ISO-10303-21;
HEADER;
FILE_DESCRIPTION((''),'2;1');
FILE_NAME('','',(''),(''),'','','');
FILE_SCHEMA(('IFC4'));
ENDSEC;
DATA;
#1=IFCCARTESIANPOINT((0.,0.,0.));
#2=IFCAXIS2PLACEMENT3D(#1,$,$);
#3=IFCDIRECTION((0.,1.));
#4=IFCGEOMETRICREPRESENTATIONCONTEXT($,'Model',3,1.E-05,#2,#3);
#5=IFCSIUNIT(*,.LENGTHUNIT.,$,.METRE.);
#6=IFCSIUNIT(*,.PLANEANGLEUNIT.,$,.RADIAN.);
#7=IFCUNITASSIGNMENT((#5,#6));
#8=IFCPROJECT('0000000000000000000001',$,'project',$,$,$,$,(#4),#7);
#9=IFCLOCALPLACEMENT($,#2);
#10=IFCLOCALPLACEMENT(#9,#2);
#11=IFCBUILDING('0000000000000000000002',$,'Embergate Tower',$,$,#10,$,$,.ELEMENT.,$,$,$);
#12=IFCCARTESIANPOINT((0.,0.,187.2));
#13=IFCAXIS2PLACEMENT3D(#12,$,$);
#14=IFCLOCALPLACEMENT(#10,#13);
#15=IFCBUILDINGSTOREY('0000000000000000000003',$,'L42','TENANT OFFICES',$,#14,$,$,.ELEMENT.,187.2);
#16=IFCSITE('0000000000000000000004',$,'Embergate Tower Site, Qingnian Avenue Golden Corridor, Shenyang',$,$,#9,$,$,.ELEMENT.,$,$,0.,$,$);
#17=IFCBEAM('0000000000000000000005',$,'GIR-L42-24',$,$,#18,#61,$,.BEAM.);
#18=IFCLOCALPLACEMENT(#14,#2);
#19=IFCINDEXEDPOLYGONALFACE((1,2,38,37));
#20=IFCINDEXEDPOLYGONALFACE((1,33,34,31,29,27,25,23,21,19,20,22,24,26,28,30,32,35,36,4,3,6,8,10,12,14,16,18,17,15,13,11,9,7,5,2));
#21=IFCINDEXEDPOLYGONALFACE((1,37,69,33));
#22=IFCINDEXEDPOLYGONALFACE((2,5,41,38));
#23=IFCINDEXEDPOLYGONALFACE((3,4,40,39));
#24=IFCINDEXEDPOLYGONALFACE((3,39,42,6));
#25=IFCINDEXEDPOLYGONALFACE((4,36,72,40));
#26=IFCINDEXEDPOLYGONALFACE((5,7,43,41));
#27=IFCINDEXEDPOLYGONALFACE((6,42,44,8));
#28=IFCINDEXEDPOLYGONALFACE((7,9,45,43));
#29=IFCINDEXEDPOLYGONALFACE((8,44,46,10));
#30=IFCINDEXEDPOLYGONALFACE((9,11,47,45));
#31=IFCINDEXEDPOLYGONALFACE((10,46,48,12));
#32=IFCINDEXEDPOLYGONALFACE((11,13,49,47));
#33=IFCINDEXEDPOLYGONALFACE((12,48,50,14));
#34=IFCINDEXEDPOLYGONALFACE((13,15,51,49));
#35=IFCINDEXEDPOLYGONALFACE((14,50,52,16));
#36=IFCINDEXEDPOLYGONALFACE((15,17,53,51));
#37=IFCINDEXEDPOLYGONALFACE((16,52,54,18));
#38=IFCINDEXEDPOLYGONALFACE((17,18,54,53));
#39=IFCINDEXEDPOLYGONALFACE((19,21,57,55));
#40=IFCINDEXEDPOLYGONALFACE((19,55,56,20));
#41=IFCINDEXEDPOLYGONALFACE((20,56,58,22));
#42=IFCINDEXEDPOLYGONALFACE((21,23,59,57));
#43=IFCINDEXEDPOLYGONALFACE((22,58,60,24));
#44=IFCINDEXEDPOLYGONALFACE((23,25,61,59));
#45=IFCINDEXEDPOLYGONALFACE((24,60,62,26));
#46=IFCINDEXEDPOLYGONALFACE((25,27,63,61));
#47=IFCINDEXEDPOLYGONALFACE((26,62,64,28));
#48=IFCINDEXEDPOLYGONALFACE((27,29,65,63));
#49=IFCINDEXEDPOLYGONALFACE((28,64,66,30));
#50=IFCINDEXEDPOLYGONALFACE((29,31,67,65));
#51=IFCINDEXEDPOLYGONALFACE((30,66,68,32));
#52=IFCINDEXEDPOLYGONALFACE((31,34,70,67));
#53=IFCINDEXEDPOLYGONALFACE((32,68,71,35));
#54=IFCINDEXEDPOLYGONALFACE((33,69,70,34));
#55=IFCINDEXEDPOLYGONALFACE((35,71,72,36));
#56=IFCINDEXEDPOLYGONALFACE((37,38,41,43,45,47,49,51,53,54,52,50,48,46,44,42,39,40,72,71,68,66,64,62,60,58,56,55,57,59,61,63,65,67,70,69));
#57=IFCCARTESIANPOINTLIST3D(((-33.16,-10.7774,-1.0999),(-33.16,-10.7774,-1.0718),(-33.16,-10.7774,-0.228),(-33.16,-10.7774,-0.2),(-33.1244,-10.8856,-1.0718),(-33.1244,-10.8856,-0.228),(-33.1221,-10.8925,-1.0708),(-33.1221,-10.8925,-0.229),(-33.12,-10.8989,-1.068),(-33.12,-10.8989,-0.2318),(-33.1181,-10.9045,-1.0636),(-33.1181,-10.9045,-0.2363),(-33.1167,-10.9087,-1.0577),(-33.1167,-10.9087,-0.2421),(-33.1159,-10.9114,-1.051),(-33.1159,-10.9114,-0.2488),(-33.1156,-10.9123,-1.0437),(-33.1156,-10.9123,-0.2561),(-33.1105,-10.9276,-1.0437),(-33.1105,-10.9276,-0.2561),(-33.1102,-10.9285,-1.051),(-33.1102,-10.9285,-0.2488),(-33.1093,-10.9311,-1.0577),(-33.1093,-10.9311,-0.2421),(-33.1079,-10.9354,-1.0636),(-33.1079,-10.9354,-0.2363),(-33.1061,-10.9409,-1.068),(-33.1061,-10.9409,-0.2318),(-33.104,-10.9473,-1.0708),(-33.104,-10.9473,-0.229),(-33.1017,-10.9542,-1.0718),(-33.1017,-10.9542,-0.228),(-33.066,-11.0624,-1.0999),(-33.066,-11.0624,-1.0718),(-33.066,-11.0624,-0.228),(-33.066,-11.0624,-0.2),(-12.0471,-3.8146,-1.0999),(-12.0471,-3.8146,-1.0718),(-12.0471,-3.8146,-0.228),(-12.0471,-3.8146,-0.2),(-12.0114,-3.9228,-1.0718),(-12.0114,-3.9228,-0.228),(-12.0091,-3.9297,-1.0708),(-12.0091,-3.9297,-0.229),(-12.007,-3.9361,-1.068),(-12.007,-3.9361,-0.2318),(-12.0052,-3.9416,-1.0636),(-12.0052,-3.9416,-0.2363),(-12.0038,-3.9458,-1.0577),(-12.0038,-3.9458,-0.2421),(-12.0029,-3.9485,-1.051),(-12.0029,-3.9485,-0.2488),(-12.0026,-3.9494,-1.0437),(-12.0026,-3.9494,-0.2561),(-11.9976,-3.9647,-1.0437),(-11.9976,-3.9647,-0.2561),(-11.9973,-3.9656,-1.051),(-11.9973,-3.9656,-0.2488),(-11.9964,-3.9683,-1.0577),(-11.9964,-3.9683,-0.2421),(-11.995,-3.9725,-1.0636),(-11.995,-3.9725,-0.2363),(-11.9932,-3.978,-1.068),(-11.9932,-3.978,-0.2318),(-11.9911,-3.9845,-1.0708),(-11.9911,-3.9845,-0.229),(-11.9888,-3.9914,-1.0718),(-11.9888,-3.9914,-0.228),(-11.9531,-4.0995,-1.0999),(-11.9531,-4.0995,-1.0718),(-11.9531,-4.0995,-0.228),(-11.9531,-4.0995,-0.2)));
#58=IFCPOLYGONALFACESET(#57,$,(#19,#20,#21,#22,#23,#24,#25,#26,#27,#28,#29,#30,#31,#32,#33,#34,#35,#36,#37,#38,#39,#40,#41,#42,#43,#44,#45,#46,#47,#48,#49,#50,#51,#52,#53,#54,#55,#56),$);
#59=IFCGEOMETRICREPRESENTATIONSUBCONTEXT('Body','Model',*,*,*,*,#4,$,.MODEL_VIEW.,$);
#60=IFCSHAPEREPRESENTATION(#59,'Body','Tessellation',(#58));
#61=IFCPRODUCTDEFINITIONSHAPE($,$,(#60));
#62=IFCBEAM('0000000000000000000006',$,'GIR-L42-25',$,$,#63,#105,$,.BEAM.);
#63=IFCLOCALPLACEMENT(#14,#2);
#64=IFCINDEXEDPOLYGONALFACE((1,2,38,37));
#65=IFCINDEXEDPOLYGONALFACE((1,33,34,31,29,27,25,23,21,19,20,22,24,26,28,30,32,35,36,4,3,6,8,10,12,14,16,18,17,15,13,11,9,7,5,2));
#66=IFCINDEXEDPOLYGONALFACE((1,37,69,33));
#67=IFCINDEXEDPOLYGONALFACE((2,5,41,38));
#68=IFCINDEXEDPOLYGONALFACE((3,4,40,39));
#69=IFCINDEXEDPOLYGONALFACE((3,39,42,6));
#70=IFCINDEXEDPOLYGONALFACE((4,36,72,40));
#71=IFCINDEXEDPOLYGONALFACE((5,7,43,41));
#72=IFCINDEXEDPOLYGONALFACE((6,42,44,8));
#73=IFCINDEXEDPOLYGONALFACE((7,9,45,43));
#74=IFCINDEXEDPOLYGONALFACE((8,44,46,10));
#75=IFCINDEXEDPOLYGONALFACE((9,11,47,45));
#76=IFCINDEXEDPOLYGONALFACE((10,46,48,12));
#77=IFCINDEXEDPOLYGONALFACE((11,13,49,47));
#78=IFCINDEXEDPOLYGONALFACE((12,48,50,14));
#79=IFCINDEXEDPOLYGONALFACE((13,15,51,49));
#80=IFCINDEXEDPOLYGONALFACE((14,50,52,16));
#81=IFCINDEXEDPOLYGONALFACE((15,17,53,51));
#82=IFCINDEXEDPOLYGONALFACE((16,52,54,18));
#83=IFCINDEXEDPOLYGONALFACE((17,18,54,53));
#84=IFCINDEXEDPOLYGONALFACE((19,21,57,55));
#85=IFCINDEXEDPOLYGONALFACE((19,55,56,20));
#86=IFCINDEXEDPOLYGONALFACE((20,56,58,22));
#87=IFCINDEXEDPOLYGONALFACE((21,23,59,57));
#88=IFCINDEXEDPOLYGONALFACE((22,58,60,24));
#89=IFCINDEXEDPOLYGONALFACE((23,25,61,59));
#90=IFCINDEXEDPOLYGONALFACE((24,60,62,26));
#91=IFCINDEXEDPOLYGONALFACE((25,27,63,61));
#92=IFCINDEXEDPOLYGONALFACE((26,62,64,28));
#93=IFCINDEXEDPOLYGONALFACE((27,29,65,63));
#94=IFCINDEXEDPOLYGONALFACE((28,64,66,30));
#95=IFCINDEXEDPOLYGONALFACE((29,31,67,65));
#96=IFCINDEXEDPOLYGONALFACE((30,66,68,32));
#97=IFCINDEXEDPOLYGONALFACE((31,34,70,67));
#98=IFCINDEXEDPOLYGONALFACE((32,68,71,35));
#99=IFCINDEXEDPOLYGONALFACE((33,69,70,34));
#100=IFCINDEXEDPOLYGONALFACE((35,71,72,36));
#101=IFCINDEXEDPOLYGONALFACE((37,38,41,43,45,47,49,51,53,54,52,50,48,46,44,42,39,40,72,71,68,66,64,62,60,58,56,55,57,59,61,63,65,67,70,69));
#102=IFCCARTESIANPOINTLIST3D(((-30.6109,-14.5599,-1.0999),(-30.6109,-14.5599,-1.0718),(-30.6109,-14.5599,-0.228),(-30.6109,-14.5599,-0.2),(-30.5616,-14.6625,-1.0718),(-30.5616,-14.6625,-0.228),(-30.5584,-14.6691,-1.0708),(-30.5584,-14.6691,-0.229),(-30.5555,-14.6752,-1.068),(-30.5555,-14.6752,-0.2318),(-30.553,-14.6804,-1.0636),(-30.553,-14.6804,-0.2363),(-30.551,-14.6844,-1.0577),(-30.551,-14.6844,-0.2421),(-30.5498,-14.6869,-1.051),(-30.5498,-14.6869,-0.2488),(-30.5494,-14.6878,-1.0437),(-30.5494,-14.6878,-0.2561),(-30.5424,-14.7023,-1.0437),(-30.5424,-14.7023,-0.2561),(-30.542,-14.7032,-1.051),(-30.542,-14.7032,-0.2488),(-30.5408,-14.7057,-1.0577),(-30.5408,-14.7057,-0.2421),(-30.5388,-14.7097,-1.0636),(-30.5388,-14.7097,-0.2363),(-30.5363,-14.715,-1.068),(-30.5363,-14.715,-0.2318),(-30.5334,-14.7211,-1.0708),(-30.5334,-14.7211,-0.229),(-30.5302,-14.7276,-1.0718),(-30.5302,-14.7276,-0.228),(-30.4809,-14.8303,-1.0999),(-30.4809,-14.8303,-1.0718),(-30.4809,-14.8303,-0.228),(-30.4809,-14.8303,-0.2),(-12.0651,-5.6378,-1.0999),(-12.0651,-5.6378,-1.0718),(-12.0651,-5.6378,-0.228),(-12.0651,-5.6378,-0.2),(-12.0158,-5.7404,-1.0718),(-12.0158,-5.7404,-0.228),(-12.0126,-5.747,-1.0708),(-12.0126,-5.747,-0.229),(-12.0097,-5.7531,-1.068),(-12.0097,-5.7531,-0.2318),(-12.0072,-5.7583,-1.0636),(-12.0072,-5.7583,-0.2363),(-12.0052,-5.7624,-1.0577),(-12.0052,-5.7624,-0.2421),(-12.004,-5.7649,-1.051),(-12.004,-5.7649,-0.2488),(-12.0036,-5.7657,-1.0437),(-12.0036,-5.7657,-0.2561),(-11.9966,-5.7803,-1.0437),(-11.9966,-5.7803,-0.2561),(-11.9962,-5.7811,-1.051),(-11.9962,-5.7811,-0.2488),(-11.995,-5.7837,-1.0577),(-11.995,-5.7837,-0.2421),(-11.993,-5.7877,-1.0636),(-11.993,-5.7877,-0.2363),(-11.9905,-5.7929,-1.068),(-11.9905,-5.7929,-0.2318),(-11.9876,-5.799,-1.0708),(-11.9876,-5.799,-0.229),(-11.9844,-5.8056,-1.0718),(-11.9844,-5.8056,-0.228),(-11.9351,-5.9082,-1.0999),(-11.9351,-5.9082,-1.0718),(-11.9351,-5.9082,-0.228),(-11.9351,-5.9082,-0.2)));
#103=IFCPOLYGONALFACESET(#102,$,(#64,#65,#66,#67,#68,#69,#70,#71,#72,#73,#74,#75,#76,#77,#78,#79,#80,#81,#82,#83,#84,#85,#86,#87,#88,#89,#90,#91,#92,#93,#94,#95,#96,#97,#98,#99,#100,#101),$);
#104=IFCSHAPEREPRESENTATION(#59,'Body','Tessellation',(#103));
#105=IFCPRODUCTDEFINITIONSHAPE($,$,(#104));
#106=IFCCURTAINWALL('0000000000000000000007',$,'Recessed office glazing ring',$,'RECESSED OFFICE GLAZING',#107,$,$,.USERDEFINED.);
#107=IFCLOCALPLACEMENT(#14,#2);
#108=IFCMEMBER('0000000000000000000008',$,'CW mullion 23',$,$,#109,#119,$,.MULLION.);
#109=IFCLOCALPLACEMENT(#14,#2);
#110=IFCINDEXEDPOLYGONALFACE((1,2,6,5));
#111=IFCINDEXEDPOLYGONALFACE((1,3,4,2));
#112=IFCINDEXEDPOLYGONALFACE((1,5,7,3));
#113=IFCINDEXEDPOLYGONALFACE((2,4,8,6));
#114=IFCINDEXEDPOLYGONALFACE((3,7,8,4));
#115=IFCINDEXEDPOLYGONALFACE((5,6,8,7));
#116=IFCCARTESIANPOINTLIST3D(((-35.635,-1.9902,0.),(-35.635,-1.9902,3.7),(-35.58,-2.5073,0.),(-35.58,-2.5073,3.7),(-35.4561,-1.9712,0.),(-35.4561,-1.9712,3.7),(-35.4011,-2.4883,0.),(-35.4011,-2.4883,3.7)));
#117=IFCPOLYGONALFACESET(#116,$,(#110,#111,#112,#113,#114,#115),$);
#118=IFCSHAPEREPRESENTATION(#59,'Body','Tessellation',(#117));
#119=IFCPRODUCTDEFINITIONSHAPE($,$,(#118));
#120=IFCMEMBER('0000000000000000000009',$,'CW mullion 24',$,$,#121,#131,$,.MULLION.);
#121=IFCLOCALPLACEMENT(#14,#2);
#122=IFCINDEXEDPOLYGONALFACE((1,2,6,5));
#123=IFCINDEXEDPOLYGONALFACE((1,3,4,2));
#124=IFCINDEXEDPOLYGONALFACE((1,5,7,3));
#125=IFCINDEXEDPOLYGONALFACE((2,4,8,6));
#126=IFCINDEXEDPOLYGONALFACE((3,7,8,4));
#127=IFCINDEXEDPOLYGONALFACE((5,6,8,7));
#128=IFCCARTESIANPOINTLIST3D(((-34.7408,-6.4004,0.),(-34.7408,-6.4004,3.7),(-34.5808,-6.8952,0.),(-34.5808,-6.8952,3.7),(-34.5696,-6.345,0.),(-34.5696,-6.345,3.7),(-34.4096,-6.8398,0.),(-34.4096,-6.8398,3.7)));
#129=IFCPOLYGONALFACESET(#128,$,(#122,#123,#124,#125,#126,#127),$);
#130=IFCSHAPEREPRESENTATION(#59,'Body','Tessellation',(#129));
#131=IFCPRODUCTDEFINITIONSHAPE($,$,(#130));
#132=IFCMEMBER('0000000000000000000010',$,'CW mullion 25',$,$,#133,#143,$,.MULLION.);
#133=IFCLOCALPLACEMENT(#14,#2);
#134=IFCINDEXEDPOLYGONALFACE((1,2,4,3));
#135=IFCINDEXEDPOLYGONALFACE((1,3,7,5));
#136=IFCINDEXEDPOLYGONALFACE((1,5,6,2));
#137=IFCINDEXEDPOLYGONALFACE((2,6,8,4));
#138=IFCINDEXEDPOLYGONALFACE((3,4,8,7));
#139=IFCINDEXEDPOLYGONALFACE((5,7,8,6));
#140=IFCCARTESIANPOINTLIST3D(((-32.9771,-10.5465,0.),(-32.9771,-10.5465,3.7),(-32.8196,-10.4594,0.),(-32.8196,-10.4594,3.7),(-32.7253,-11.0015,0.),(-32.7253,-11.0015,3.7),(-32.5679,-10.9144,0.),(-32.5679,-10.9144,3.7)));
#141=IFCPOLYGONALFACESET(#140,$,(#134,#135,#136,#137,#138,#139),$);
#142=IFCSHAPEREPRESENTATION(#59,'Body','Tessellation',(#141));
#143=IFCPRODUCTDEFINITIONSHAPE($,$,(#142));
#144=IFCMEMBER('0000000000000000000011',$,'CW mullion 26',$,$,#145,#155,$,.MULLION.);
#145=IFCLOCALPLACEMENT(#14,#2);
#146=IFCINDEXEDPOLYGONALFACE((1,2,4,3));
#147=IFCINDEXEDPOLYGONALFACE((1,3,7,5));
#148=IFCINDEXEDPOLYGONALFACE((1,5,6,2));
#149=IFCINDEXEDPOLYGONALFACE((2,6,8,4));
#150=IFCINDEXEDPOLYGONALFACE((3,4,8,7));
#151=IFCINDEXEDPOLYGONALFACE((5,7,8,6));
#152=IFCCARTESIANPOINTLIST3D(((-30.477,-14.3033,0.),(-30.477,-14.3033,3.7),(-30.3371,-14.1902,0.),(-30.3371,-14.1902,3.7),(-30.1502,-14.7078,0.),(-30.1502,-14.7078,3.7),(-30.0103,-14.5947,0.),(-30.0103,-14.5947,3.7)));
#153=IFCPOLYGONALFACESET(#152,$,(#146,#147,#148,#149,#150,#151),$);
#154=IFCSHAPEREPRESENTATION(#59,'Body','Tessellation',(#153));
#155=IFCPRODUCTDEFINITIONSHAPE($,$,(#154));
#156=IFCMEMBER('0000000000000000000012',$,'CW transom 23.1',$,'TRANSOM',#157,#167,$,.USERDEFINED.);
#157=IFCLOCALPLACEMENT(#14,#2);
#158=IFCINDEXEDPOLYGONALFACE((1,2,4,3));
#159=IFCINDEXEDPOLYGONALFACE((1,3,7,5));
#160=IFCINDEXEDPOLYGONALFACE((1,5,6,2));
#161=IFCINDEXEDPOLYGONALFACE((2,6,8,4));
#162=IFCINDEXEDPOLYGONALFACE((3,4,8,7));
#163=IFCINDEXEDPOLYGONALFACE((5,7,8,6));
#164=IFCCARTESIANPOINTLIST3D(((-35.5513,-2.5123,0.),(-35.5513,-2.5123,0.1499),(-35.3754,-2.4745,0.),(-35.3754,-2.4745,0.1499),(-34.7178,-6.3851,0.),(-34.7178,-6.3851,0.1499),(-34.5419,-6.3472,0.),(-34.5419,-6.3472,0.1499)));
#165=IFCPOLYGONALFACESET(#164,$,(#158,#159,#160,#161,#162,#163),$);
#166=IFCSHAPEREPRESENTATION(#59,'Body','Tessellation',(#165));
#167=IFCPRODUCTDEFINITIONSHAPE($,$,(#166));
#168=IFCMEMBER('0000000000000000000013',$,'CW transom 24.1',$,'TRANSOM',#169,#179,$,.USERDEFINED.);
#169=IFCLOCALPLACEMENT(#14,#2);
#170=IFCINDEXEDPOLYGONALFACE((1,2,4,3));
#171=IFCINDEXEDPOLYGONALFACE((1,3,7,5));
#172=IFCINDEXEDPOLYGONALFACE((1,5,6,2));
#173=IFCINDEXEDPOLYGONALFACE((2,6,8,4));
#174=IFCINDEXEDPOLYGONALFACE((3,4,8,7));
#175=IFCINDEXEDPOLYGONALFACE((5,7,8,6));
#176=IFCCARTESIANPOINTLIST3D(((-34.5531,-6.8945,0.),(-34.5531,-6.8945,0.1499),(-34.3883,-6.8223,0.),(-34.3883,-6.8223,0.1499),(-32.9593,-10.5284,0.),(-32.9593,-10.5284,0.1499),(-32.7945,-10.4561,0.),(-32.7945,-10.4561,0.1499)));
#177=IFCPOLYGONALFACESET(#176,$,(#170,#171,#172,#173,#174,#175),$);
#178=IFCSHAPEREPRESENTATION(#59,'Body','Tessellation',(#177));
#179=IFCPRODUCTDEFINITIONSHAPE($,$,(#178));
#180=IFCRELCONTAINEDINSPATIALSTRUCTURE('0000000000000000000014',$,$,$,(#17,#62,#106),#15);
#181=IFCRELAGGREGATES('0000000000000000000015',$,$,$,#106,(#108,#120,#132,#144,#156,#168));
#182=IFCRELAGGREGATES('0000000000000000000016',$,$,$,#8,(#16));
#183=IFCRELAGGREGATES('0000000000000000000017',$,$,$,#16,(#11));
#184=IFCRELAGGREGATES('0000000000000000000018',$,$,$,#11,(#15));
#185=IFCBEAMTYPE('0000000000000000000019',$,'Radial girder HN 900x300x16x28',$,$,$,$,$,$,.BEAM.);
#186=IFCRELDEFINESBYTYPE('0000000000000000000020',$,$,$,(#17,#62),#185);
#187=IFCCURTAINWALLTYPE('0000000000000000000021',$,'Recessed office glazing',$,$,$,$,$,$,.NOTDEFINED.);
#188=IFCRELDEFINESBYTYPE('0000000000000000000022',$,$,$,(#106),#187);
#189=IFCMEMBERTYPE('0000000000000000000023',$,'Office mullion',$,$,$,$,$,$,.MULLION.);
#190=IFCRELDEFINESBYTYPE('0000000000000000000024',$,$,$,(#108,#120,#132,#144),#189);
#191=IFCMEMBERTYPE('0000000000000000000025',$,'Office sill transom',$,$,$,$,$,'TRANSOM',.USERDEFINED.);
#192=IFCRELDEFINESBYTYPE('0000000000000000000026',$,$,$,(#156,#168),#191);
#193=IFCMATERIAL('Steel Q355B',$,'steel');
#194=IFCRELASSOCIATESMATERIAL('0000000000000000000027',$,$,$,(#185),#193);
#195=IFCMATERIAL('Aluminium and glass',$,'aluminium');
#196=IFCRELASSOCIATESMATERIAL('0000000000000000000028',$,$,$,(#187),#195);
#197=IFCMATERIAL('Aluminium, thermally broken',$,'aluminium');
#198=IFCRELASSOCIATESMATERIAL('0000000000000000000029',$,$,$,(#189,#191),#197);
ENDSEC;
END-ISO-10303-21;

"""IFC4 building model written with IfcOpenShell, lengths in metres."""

from ifc_helpers import new_model, si_unit, direction, frame, origin, origin_2d, place, context, subcontext, project, spatial, rectangle, i_section, extrude, source, transform, mapped, material, material_profile, profile_set, type_object, element, aggregate, save


model = new_model("IFC4")

# Units and contexts
model_context = context("Model", 3, precision=1e-05, world=origin(), true_north=direction((0.0, 1.0)))
body_context = subcontext(model_context, "Body", "Model", "MODEL_VIEW")
ifc_project = project(units=[si_unit("LENGTHUNIT", "METRE"), si_unit("PLANEANGLEUNIT", "RADIAN")], contexts=[model_context])

# Site, building, storey
site_placement = place(None, origin())
site = spatial("IfcSite", under=ifc_project, at=site_placement, Name="Embergate Tower Site, Qingnian Avenue Golden Corridor, Shenyang", CompositionType="ELEMENT", RefElevation=0.0)
building_placement = place(site_placement, origin())
building = spatial("IfcBuilding", under=site, at=building_placement, Name="Embergate Tower", CompositionType="ELEMENT")
storey_placement = place(building_placement, frame((0.0, 0.0, 187.2)))
storey = spatial("IfcBuildingStorey", under=building, at=storey_placement, Name="L42", Description="TENANT OFFICES", CompositionType="ELEMENT", Elevation=187.2)

# Beams
ifc_material_1 = material(Name="Steel Q355B", Category="steel")
ifc_material_profile_1 = material_profile(ifc_material_1, i_section(OverallWidth=0.3, OverallDepth=0.8999, WebThickness=0.0161, FlangeThickness=0.0281, FilletRadius=0.0281, at=origin_2d()), Name="HN 900x300x16x28")
ifc_profile_set_1 = profile_set([ifc_material_profile_1], Name="Steel Q355 grade B")
beam_type_1 = type_object("IfcBeamType", Name="Radial girder HN 900x300x16x28", PredefinedType="BEAM", material=ifc_profile_set_1)
shared_shape_1 = source(origin(), body_context, "Body", "SweptSolid", [
    extrude(i_section(OverallWidth=0.3, OverallDepth=0.8999, WebThickness=0.0161, FlangeThickness=0.0281, FilletRadius=0.0281, at=origin_2d()), origin(), (0.0, 0.0, 1.0), 22.2314),
])
beam_1_placement = place(storey_placement, frame((-33.113, -10.9199, -0.6499), z_axis=(0.949688, 0.313198, 0.0), x_axis=(-0.313198, 0.949688, 0.0)))
element("IfcBeam", 1, at=beam_1_placement, inside=storey, type_object=beam_type_1, Name="GIR-L42-24", PredefinedType="BEAM", context=body_context, shape_type="MappedRepresentation", body=[
    mapped(shared_shape_1, transform((0.0, 0.0, 0.0))),
])
shared_shape_2 = source(origin(), body_context, "Body", "SweptSolid", [
    extrude(i_section(OverallWidth=0.3, OverallDepth=0.8999, WebThickness=0.0161, FlangeThickness=0.0281, FilletRadius=0.0281, at=origin_2d()), origin(), (0.0, 0.0, 1.0), 20.5803),
])
beam_2_placement = place(storey_placement, frame((-30.5459, -14.6951, -0.6499), z_axis=(0.901142, 0.433524, 0.0), x_axis=(-0.433524, 0.901142, 0.0)))
element("IfcBeam", 2, at=beam_2_placement, inside=storey, type_object=beam_type_1, Name="GIR-L42-25", PredefinedType="BEAM", context=body_context, shape_type="MappedRepresentation", body=[
    mapped(shared_shape_2, transform((0.0, 0.0, 0.0))),
])

# Curtain wall, members
ifc_material_2 = material(Name="Aluminium and glass", Category="aluminium")
curtain_wall_type = type_object("IfcCurtainWallType", Name="Recessed office glazing", PredefinedType="NOTDEFINED", material=ifc_material_2)
curtain_wall_placement = place(storey_placement, origin())
curtain_wall = element("IfcCurtainWall", 3, at=curtain_wall_placement, inside=storey, type_object=curtain_wall_type, Name="Recessed office glazing ring", ObjectType="RECESSED OFFICE GLAZING", PredefinedType="USERDEFINED")
ifc_material_3 = material(Name="Aluminium, thermally broken", Category="aluminium")
ifc_material_profile_2 = material_profile(ifc_material_3, rectangle(XDim=0.1799, YDim=0.52, at=origin_2d()), Name="AL 520x180")
ifc_profile_set_2 = profile_set([ifc_material_profile_2], Name="Aluminium, thermally broken")
member_type_1 = type_object("IfcMemberType", Name="Office mullion", PredefinedType="MULLION", material=ifc_profile_set_2)
shared_shape_3 = source(origin(), body_context, "Body", "SweptSolid", [
    extrude(rectangle(XDim=0.1799, YDim=0.52, at=origin_2d()), origin(), (0.0, 0.0, 1.0), 3.7),
])
member_1_placement = place(storey_placement, frame((-35.5181, -2.2393, 0.0), z_axis=(0.0, 0.0, 1.0), x_axis=(0.994385, 0.105823, 0.0)))
member_1 = element("IfcMember", 4, at=member_1_placement, type_object=member_type_1, Name="CW mullion 23", PredefinedType="MULLION", context=body_context, shape_type="MappedRepresentation", body=[
    mapped(shared_shape_3, transform((0.0, 0.0, 0.0))),
])
member_2_placement = place(storey_placement, frame((-34.5752, -6.6201, 0.0), z_axis=(0.0, 0.0, 1.0), x_axis=(0.951498, 0.307656, 0.0)))
member_2 = element("IfcMember", 5, at=member_2_placement, type_object=member_type_1, Name="CW mullion 24", PredefinedType="MULLION", context=body_context, shape_type="MappedRepresentation", body=[
    mapped(shared_shape_3, transform((0.0, 0.0, 0.0))),
])
member_3_placement = place(storey_placement, frame((-32.7725, -10.7305, 0.0), z_axis=(0.0, 0.0, 1.0), x_axis=(0.875003, 0.484118, 0.0)))
member_3 = element("IfcMember", 6, at=member_3_placement, type_object=member_type_1, Name="CW mullion 25", PredefinedType="MULLION", context=body_context, shape_type="MappedRepresentation", body=[
    mapped(shared_shape_3, transform((0.0, 0.0, 0.0))),
])
member_4_placement = place(storey_placement, frame((-30.2437, -14.449, 0.0), z_axis=(0.0, 0.0, 1.0), x_axis=(0.777874, 0.628421, 0.0)))
member_4 = element("IfcMember", 7, at=member_4_placement, type_object=member_type_1, Name="CW mullion 26", PredefinedType="MULLION", context=body_context, shape_type="MappedRepresentation", body=[
    mapped(shared_shape_3, transform((0.0, 0.0, 0.0))),
])
ifc_material_profile_3 = material_profile(ifc_material_3, rectangle(XDim=0.1799, YDim=0.1499, at=origin_2d()), Name="AL 150x180")
ifc_profile_set_3 = profile_set([ifc_material_profile_3], Name="Aluminium, thermally broken")
member_type_2 = type_object("IfcMemberType", Name="Office sill transom", ElementType="TRANSOM", PredefinedType="USERDEFINED", material=ifc_profile_set_3)
shared_shape_4 = source(origin(), body_context, "Body", "SweptSolid", [
    extrude(rectangle(XDim=0.1799, YDim=0.1499, at=origin_2d()), origin(), (0.0, 0.0, 1.0), 3.9614),
])
member_5_placement = place(storey_placement, frame((-35.4634, -2.4934, 0.075), z_axis=(0.2104, -0.977615, 0.0), x_axis=(0.977615, 0.2104, 0.0)))
member_5 = element("IfcMember", 8, at=member_5_placement, type_object=member_type_2, Name="CW transom 23.1", ObjectType="TRANSOM", PredefinedType="USERDEFINED", context=body_context, shape_type="MappedRepresentation", body=[
    mapped(shared_shape_4, transform((0.0, 0.0, 0.0))),
])
shared_shape_5 = source(origin(), body_context, "Body", "SweptSolid", [
    extrude(rectangle(XDim=0.1799, YDim=0.1499, at=origin_2d()), origin(), (0.0, 0.0, 1.0), 3.968),
])
member_6_placement = place(storey_placement, frame((-34.4707, -6.8584, 0.075), z_axis=(0.401658, -0.91579, 0.0), x_axis=(0.91579, 0.401658, 0.0)))
member_6 = element("IfcMember", 9, at=member_6_placement, type_object=member_type_2, Name="CW transom 24.1", ObjectType="TRANSOM", PredefinedType="USERDEFINED", context=body_context, shape_type="MappedRepresentation", body=[
    mapped(shared_shape_5, transform((0.0, 0.0, 0.0))),
])
aggregate(curtain_wall, [member_1, member_2, member_3, member_4, member_5, member_6])

save(model, "model.ifc")
